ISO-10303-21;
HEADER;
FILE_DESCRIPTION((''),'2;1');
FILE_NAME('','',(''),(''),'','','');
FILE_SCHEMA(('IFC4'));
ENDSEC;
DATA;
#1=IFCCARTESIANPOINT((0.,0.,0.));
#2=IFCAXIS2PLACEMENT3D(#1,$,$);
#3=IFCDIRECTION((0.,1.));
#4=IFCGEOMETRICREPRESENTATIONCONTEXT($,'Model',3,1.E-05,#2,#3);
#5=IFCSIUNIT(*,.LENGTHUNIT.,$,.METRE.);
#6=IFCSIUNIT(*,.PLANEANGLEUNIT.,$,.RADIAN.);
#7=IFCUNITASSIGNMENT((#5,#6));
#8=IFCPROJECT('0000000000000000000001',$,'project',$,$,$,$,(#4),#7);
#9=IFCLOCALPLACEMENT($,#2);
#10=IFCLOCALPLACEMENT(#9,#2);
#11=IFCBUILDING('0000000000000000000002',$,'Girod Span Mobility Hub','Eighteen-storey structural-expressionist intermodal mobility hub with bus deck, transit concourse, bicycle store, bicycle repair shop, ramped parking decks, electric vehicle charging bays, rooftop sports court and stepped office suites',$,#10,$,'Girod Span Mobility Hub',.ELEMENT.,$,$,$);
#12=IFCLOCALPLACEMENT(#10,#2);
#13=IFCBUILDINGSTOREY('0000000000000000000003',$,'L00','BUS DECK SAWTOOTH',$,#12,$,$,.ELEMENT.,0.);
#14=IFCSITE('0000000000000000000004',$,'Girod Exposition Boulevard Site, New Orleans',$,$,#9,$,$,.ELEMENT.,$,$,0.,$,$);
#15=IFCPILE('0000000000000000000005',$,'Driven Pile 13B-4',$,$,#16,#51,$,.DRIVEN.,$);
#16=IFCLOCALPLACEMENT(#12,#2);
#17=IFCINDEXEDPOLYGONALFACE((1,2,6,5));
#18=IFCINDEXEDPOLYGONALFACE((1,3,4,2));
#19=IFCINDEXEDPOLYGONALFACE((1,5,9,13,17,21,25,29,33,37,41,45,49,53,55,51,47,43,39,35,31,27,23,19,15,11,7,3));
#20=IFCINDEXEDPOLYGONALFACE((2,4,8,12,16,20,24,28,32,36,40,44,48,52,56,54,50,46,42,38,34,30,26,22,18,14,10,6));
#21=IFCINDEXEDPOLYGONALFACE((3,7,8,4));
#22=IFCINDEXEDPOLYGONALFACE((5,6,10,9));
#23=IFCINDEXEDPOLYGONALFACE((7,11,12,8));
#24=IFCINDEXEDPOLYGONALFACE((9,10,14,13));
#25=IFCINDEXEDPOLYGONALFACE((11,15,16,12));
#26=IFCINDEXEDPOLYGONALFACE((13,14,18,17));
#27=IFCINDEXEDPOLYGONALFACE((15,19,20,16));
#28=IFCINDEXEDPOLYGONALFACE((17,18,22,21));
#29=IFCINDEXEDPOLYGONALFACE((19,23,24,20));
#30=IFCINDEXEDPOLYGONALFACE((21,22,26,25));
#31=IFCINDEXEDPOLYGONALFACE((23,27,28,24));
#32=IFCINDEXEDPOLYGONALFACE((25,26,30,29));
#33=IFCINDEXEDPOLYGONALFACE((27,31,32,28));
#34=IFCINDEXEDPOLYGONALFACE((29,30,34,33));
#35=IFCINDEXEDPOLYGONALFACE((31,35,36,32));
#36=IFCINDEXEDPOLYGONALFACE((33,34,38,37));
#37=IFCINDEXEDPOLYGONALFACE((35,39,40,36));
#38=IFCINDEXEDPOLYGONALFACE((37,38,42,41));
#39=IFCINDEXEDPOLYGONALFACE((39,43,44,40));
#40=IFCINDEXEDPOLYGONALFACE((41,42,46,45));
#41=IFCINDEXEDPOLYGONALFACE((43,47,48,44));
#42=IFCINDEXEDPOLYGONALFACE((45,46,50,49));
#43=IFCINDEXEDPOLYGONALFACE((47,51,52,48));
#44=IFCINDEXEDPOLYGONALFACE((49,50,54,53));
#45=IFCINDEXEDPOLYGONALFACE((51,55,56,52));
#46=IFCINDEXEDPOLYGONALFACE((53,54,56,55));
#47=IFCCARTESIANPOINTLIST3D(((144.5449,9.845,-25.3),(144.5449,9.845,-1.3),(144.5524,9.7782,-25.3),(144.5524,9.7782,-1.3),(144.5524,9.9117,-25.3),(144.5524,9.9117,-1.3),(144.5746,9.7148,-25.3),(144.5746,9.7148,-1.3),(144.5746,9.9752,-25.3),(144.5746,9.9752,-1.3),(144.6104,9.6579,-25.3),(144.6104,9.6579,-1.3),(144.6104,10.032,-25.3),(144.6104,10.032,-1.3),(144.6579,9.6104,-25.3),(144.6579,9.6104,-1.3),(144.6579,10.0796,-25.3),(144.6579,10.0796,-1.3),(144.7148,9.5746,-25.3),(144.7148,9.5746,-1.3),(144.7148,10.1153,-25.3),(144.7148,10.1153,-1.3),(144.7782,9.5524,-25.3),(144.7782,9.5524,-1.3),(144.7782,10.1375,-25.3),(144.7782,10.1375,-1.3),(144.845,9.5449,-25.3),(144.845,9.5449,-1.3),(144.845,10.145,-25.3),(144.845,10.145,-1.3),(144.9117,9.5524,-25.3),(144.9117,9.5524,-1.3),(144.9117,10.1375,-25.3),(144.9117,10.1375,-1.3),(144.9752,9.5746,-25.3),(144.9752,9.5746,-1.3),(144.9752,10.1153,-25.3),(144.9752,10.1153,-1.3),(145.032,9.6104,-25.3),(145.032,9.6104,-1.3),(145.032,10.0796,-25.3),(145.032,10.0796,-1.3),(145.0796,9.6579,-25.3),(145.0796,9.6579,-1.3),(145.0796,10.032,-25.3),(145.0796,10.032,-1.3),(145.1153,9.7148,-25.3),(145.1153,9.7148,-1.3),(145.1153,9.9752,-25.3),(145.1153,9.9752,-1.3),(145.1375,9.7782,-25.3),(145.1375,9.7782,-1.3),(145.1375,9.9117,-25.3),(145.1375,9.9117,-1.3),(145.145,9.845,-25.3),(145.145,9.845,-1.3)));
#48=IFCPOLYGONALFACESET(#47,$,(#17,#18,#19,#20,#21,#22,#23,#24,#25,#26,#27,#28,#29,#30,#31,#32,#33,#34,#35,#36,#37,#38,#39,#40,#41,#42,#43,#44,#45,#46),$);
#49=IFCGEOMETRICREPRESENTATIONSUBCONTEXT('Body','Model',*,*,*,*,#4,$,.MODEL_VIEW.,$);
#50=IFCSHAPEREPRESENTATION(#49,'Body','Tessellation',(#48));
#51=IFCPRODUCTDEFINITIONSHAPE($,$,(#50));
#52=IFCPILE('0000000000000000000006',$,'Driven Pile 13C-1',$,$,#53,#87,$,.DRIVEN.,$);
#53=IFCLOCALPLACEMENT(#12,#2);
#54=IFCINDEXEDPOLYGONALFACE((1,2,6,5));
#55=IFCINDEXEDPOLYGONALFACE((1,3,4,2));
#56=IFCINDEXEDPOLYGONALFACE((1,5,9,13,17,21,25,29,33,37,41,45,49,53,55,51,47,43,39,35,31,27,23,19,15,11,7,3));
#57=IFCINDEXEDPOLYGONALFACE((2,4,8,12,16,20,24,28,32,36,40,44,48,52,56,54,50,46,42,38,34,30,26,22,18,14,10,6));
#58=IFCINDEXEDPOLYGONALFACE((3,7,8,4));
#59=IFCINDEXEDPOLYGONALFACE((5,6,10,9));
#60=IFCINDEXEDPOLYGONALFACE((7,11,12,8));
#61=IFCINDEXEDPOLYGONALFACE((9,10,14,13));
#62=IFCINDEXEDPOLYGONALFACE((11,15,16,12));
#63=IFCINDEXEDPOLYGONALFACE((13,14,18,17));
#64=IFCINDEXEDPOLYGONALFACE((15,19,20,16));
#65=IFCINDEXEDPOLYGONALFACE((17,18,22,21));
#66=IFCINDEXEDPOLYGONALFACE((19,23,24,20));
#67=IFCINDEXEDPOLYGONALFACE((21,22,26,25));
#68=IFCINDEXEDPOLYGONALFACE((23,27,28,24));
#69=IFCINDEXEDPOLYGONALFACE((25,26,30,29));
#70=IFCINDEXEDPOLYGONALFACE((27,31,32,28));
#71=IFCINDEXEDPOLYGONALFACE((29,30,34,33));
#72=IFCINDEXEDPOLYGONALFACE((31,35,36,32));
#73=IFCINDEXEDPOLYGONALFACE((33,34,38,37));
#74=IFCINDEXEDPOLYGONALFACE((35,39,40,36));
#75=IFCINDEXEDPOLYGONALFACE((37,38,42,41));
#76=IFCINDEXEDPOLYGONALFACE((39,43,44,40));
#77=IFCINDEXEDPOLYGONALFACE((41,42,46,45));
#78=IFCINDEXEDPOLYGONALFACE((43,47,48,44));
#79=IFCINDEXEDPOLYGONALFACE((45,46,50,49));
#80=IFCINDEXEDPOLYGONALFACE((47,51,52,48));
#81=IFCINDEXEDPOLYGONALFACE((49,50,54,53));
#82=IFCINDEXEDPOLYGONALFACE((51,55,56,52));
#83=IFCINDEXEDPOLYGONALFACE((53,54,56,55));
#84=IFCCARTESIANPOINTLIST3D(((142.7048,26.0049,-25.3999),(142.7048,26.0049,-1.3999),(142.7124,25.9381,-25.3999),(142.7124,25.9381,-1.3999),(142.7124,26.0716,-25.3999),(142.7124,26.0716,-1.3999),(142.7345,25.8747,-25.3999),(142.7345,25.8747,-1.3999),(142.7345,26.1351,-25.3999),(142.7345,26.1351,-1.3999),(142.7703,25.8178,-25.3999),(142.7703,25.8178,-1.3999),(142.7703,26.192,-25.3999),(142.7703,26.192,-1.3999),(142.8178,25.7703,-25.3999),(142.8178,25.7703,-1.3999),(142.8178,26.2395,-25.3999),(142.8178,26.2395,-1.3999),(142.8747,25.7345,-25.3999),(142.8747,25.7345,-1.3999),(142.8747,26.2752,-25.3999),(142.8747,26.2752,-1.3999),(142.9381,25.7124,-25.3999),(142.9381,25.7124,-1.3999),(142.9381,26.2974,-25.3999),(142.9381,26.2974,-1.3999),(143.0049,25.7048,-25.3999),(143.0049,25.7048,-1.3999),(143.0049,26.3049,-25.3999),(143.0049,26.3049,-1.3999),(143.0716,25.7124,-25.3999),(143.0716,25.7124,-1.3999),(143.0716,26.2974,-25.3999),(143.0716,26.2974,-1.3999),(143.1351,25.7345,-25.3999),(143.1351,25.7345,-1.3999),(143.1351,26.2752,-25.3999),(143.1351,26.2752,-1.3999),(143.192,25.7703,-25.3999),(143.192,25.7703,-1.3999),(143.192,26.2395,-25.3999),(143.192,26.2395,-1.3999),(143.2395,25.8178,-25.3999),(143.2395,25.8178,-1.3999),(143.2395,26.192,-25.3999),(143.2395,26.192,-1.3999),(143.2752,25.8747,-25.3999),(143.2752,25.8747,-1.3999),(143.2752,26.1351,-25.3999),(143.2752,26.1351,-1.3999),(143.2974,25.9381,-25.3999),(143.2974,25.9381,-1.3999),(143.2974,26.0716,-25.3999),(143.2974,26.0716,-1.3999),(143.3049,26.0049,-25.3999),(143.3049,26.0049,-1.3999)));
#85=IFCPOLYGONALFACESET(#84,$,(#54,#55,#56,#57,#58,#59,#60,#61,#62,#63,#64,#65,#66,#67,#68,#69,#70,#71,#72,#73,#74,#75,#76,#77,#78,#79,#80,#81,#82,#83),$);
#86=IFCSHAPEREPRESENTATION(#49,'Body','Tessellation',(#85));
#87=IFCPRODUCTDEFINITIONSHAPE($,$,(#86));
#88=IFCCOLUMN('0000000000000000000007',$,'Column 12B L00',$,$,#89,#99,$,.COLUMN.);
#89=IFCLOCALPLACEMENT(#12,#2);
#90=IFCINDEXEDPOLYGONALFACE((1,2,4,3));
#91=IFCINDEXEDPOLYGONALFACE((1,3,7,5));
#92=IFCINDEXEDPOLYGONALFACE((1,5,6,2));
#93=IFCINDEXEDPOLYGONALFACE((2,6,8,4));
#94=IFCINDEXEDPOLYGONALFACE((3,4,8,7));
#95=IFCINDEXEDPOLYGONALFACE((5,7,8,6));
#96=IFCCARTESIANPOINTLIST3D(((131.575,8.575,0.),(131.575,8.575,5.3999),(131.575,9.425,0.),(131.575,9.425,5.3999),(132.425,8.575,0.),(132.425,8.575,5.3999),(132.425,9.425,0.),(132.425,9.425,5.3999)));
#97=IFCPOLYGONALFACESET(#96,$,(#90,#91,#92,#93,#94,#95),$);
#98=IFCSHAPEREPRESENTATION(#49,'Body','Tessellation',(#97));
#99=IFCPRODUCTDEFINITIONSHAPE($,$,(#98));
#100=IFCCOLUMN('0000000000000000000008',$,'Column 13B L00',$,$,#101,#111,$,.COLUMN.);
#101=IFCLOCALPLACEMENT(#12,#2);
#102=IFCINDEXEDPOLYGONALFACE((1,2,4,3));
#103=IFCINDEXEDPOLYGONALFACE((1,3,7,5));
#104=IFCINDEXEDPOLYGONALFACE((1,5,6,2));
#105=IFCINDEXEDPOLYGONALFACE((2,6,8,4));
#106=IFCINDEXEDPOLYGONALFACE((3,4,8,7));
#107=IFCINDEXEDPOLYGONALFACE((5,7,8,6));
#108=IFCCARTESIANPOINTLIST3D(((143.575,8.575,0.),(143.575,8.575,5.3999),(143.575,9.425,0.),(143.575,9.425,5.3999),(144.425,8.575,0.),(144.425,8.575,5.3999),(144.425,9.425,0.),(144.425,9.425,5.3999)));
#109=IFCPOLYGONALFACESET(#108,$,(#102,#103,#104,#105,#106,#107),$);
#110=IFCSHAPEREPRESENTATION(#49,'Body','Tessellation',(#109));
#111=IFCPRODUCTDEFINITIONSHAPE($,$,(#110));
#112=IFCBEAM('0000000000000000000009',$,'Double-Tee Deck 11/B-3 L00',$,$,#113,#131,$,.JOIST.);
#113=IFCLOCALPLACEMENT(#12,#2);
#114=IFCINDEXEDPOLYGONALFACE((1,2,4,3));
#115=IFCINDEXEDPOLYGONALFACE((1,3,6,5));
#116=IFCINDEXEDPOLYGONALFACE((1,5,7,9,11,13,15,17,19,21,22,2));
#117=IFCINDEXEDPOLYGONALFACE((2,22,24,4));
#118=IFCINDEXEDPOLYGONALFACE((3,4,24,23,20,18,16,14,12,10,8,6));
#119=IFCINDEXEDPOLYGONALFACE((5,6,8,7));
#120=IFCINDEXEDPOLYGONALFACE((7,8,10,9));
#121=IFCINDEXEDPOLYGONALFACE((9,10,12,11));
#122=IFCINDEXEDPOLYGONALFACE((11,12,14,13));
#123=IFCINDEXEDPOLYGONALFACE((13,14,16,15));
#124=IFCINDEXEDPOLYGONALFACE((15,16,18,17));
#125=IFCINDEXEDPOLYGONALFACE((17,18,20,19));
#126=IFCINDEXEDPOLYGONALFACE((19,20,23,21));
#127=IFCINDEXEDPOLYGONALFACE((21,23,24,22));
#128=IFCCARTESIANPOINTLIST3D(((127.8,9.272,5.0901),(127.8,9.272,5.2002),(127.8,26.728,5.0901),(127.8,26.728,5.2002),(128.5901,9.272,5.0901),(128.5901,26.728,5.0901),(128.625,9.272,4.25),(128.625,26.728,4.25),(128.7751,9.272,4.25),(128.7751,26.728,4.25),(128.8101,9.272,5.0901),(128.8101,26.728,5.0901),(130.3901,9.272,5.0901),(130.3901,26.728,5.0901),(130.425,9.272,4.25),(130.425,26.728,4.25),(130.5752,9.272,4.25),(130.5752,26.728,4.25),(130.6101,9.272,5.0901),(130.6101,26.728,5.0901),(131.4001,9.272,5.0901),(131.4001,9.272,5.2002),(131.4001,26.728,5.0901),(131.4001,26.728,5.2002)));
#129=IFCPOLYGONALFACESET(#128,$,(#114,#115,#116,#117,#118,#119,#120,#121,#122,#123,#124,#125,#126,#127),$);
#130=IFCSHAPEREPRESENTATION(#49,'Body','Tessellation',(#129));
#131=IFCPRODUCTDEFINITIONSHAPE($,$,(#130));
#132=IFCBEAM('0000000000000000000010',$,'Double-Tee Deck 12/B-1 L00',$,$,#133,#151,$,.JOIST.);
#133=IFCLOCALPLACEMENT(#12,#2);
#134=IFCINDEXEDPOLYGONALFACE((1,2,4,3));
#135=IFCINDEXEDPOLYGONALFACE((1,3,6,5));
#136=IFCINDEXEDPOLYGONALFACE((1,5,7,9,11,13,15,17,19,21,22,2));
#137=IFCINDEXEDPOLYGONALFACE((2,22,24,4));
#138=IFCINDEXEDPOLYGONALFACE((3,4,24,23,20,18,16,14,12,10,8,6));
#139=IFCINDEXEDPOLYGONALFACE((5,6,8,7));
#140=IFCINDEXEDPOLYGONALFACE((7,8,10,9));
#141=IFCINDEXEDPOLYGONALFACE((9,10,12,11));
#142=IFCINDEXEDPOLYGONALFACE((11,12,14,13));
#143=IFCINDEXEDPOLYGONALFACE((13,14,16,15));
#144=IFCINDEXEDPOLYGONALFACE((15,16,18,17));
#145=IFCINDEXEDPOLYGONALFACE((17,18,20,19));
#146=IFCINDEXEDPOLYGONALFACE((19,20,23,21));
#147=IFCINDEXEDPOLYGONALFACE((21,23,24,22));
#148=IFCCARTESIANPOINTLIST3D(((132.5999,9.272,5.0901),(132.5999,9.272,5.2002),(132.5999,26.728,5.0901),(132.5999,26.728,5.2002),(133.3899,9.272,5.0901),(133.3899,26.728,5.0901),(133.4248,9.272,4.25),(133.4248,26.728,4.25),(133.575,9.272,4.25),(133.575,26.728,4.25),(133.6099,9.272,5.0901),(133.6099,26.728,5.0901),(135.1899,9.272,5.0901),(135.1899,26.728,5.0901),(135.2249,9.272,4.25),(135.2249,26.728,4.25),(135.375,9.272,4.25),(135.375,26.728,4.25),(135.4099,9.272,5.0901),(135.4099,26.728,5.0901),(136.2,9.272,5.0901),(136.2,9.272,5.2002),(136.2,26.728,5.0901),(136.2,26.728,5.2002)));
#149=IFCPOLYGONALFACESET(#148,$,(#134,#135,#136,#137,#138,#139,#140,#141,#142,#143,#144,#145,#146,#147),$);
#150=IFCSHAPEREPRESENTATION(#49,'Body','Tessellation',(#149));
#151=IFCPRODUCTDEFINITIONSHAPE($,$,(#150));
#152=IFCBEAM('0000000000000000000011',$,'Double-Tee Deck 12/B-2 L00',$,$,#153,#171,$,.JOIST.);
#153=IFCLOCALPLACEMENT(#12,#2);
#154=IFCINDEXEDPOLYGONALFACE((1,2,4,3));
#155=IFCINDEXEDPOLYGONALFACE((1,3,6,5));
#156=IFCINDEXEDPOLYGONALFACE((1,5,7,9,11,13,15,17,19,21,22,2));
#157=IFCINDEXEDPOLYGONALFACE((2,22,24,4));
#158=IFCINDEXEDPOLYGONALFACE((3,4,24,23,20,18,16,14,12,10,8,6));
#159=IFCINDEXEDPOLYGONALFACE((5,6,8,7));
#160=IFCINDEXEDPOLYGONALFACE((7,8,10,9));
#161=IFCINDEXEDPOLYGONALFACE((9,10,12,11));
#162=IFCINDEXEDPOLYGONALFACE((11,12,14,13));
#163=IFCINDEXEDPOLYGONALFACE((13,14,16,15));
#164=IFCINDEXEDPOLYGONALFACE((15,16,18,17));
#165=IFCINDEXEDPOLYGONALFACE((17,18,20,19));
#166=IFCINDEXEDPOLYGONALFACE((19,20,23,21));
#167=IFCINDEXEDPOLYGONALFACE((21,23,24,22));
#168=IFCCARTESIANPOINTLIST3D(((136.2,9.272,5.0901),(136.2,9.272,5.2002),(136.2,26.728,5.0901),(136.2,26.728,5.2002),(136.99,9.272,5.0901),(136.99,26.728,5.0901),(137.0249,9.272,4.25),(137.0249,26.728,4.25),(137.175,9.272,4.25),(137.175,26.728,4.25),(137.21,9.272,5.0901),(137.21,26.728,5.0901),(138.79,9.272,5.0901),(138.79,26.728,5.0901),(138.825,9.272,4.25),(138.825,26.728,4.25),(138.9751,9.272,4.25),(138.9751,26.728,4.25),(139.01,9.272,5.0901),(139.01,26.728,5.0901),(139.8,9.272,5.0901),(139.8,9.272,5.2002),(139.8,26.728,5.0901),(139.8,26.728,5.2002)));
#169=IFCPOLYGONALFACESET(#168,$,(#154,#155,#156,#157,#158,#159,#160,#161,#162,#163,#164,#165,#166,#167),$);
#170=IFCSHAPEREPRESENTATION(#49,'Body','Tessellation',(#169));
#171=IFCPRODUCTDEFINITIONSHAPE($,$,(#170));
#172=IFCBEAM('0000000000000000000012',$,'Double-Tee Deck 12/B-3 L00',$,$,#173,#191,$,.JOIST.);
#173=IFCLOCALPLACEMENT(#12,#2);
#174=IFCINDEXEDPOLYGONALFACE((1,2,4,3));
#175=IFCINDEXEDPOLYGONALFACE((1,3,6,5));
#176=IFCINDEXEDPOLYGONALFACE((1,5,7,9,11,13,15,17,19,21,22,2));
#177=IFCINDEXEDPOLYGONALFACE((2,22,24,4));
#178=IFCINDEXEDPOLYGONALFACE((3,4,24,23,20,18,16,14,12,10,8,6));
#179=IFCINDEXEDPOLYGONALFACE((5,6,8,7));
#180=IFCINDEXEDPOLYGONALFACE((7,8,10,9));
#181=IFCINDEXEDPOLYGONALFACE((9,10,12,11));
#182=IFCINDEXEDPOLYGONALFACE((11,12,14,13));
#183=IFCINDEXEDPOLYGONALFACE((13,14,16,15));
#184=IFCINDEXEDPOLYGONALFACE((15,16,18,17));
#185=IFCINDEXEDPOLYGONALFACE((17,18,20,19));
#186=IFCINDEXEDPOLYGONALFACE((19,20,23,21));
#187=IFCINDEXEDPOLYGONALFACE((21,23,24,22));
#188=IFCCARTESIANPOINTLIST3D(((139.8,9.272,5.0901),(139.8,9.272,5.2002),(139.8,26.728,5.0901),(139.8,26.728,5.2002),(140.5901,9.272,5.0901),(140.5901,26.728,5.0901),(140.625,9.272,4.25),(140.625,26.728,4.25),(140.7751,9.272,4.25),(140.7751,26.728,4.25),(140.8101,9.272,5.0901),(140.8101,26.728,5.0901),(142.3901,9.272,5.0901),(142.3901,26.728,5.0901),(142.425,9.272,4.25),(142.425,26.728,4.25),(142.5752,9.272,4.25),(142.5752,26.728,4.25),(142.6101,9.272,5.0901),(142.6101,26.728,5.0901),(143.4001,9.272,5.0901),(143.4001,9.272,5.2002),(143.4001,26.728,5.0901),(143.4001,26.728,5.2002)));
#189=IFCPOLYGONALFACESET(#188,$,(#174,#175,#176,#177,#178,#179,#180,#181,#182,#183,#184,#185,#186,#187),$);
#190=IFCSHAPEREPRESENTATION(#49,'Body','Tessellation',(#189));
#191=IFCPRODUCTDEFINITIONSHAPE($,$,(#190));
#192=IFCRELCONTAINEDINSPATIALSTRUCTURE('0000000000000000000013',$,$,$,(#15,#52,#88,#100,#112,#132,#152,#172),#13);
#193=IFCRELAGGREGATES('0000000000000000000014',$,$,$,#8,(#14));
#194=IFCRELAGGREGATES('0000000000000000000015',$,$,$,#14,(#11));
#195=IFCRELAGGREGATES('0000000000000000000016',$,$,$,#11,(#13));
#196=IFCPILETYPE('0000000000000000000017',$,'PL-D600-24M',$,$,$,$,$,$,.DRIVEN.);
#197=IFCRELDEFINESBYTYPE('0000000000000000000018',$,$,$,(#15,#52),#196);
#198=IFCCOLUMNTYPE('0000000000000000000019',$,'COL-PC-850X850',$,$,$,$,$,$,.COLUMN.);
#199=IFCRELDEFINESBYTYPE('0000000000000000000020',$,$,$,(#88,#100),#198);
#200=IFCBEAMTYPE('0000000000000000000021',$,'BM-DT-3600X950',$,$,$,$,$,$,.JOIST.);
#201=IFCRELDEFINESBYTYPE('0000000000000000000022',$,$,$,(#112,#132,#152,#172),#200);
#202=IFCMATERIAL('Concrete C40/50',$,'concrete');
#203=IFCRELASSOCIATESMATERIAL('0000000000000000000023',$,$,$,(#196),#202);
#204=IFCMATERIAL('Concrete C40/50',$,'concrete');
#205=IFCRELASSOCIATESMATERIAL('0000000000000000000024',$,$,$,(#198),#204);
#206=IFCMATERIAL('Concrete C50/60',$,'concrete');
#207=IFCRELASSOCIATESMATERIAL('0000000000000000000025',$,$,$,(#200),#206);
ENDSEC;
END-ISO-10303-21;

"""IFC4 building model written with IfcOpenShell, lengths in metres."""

from ifc_helpers import new_model, si_unit, direction, frame, origin, origin_2d, place, context, subcontext, project, spatial, polyline, rectangle, circle, outline, extrude, material, material_profile, profile_set, type_object, element, save


model = new_model("IFC4")

# Units and contexts
model_context = context("Model", 3, precision=1e-05, world=origin(), true_north=direction((0.0, 1.0)))
body_context = subcontext(model_context, "Body", "Model", "MODEL_VIEW")
ifc_project = project(units=[si_unit("LENGTHUNIT", "METRE"), si_unit("PLANEANGLEUNIT", "RADIAN")], contexts=[model_context])

# Site, building, storey
site_placement = place(None, origin())
site = spatial("IfcSite", under=ifc_project, at=site_placement, Name="Girod Exposition Boulevard Site, New Orleans", CompositionType="ELEMENT", RefElevation=0.0)
building_placement = place(site_placement, origin())
building = spatial("IfcBuilding", under=site, at=building_placement, Name="Girod Span Mobility Hub", Description="Eighteen-storey structural-expressionist intermodal mobility hub with bus deck, transit concourse, bicycle store, bicycle repair shop, ramped parking decks, electric vehicle charging bays, rooftop sports court and stepped office suites", LongName="Girod Span Mobility Hub", CompositionType="ELEMENT")
storey_placement = place(building_placement, origin())
storey = spatial("IfcBuildingStorey", under=building, at=storey_placement, Name="L00", Description="BUS DECK SAWTOOTH", CompositionType="ELEMENT", Elevation=0.0)

# Piles
ifc_material_1 = material(Name="Concrete C40/50", Category="concrete")
ifc_material_profile_1 = material_profile(ifc_material_1, circle(Radius=0.3, at=origin_2d()), Name="PILE-D600")
ifc_profile_set_1 = profile_set([ifc_material_profile_1], Name="Concrete C40/50")
pile_type = type_object("IfcPileType", Name="PL-D600-24M", PredefinedType="DRIVEN", material=ifc_profile_set_1)
for number, where, z_axis, x_axis, name in (
    (1, (144.845, 9.845, -1.3), (0.0, 0.0, -1.0), (1.0, 0.0, 0.0), "Driven Pile 13B-4"),
    (2, (143.0049, 26.0049, -1.3999), (0.0, 0.0, -1.0), (1.0, 0.0, 0.0), "Driven Pile 13C-1"),
):
    element("IfcPile", number, at=place(storey_placement, frame(where, z_axis=z_axis, x_axis=x_axis)), inside=storey, type_object=pile_type, Name=name, PredefinedType="DRIVEN", context=body_context, shape_type="SweptSolid", body=[
        extrude(circle(Radius=0.3, at=origin_2d()), origin(), (0.0, 0.0, 1.0), 24.0),
    ])

# Columns
ifc_material_2 = material(Name="Concrete C40/50", Category="concrete")
ifc_material_profile_2 = material_profile(ifc_material_2, rectangle(XDim=0.8501, YDim=0.8501, at=origin_2d()), Name="PC-COL-850X850")
ifc_profile_set_2 = profile_set([ifc_material_profile_2], Name="Concrete C40/50")
column_type = type_object("IfcColumnType", Name="COL-PC-850X850", PredefinedType="COLUMN", material=ifc_profile_set_2)
for number, where, z_axis, x_axis, name in (
    (3, (132.0, 9.0, 0.0), (0.0, 0.0, 1.0), (1.0, 0.0, 0.0), "Column 12B L00"),
    (4, (144.0, 9.0, 0.0), (0.0, 0.0, 1.0), (1.0, 0.0, 0.0), "Column 13B L00"),
):
    element("IfcColumn", number, at=place(storey_placement, frame(where, z_axis=z_axis, x_axis=x_axis)), inside=storey, type_object=column_type, Name=name, PredefinedType="COLUMN", context=body_context, shape_type="SweptSolid", body=[
        extrude(rectangle(XDim=0.8501, YDim=0.8501, at=origin_2d()), origin(), (0.0, 0.0, 1.0), 5.3999),
    ])

# Beams
ifc_material_3 = material(Name="Concrete C50/60", Category="concrete")
ifc_material_profile_3 = material_profile(ifc_material_3, outline(polyline([(-1.8, 0.4751), (-1.8, 0.365), (-1.01, 0.365), (-0.9751, -0.4751), (-0.825, -0.4751), (-0.79, 0.365), (0.79, 0.365), (0.825, -0.4751), (0.9751, -0.4751), (1.01, 0.365), (1.8, 0.365), (1.8, 0.4751), (-1.8, 0.4751)])), Name="DT-3600X950")
ifc_profile_set_3 = profile_set([ifc_material_profile_3], Name="Concrete C50/60")
beam_type_1 = type_object("IfcBeamType", Name="BM-DT-3600X950", PredefinedType="JOIST", material=ifc_profile_set_3)
for number, where, z_axis, x_axis, name in (
    (5, (129.6001, 9.272, 4.7251), (0.0, 1.0, 0.0), (-1.0, 0.0, 0.0), "Double-Tee Deck 11/B-3 L00"),
    (6, (134.3999, 9.272, 4.7251), (0.0, 1.0, 0.0), (-1.0, 0.0, 0.0), "Double-Tee Deck 12/B-1 L00"),
    (7, (138.0, 9.272, 4.7251), (0.0, 1.0, 0.0), (-1.0, 0.0, 0.0), "Double-Tee Deck 12/B-2 L00"),
    (8, (141.6001, 9.272, 4.7251), (0.0, 1.0, 0.0), (-1.0, 0.0, 0.0), "Double-Tee Deck 12/B-3 L00"),
):
    element("IfcBeam", number, at=place(storey_placement, frame(where, z_axis=z_axis, x_axis=x_axis)), inside=storey, type_object=beam_type_1, Name=name, PredefinedType="JOIST", context=body_context, shape_type="SweptSolid", body=[
        extrude(outline(polyline([(-1.8, 0.4751), (-1.8, 0.365), (-1.01, 0.365), (-0.9751, -0.4751), (-0.825, -0.4751), (-0.79, 0.365), (0.79, 0.365), (0.825, -0.4751), (0.9751, -0.4751), (1.01, 0.365), (1.8, 0.365), (1.8, 0.4751), (-1.8, 0.4751)])), origin(), (0.0, 0.0, 1.0), 17.4561),
    ])

save(model, "model.ifc")
